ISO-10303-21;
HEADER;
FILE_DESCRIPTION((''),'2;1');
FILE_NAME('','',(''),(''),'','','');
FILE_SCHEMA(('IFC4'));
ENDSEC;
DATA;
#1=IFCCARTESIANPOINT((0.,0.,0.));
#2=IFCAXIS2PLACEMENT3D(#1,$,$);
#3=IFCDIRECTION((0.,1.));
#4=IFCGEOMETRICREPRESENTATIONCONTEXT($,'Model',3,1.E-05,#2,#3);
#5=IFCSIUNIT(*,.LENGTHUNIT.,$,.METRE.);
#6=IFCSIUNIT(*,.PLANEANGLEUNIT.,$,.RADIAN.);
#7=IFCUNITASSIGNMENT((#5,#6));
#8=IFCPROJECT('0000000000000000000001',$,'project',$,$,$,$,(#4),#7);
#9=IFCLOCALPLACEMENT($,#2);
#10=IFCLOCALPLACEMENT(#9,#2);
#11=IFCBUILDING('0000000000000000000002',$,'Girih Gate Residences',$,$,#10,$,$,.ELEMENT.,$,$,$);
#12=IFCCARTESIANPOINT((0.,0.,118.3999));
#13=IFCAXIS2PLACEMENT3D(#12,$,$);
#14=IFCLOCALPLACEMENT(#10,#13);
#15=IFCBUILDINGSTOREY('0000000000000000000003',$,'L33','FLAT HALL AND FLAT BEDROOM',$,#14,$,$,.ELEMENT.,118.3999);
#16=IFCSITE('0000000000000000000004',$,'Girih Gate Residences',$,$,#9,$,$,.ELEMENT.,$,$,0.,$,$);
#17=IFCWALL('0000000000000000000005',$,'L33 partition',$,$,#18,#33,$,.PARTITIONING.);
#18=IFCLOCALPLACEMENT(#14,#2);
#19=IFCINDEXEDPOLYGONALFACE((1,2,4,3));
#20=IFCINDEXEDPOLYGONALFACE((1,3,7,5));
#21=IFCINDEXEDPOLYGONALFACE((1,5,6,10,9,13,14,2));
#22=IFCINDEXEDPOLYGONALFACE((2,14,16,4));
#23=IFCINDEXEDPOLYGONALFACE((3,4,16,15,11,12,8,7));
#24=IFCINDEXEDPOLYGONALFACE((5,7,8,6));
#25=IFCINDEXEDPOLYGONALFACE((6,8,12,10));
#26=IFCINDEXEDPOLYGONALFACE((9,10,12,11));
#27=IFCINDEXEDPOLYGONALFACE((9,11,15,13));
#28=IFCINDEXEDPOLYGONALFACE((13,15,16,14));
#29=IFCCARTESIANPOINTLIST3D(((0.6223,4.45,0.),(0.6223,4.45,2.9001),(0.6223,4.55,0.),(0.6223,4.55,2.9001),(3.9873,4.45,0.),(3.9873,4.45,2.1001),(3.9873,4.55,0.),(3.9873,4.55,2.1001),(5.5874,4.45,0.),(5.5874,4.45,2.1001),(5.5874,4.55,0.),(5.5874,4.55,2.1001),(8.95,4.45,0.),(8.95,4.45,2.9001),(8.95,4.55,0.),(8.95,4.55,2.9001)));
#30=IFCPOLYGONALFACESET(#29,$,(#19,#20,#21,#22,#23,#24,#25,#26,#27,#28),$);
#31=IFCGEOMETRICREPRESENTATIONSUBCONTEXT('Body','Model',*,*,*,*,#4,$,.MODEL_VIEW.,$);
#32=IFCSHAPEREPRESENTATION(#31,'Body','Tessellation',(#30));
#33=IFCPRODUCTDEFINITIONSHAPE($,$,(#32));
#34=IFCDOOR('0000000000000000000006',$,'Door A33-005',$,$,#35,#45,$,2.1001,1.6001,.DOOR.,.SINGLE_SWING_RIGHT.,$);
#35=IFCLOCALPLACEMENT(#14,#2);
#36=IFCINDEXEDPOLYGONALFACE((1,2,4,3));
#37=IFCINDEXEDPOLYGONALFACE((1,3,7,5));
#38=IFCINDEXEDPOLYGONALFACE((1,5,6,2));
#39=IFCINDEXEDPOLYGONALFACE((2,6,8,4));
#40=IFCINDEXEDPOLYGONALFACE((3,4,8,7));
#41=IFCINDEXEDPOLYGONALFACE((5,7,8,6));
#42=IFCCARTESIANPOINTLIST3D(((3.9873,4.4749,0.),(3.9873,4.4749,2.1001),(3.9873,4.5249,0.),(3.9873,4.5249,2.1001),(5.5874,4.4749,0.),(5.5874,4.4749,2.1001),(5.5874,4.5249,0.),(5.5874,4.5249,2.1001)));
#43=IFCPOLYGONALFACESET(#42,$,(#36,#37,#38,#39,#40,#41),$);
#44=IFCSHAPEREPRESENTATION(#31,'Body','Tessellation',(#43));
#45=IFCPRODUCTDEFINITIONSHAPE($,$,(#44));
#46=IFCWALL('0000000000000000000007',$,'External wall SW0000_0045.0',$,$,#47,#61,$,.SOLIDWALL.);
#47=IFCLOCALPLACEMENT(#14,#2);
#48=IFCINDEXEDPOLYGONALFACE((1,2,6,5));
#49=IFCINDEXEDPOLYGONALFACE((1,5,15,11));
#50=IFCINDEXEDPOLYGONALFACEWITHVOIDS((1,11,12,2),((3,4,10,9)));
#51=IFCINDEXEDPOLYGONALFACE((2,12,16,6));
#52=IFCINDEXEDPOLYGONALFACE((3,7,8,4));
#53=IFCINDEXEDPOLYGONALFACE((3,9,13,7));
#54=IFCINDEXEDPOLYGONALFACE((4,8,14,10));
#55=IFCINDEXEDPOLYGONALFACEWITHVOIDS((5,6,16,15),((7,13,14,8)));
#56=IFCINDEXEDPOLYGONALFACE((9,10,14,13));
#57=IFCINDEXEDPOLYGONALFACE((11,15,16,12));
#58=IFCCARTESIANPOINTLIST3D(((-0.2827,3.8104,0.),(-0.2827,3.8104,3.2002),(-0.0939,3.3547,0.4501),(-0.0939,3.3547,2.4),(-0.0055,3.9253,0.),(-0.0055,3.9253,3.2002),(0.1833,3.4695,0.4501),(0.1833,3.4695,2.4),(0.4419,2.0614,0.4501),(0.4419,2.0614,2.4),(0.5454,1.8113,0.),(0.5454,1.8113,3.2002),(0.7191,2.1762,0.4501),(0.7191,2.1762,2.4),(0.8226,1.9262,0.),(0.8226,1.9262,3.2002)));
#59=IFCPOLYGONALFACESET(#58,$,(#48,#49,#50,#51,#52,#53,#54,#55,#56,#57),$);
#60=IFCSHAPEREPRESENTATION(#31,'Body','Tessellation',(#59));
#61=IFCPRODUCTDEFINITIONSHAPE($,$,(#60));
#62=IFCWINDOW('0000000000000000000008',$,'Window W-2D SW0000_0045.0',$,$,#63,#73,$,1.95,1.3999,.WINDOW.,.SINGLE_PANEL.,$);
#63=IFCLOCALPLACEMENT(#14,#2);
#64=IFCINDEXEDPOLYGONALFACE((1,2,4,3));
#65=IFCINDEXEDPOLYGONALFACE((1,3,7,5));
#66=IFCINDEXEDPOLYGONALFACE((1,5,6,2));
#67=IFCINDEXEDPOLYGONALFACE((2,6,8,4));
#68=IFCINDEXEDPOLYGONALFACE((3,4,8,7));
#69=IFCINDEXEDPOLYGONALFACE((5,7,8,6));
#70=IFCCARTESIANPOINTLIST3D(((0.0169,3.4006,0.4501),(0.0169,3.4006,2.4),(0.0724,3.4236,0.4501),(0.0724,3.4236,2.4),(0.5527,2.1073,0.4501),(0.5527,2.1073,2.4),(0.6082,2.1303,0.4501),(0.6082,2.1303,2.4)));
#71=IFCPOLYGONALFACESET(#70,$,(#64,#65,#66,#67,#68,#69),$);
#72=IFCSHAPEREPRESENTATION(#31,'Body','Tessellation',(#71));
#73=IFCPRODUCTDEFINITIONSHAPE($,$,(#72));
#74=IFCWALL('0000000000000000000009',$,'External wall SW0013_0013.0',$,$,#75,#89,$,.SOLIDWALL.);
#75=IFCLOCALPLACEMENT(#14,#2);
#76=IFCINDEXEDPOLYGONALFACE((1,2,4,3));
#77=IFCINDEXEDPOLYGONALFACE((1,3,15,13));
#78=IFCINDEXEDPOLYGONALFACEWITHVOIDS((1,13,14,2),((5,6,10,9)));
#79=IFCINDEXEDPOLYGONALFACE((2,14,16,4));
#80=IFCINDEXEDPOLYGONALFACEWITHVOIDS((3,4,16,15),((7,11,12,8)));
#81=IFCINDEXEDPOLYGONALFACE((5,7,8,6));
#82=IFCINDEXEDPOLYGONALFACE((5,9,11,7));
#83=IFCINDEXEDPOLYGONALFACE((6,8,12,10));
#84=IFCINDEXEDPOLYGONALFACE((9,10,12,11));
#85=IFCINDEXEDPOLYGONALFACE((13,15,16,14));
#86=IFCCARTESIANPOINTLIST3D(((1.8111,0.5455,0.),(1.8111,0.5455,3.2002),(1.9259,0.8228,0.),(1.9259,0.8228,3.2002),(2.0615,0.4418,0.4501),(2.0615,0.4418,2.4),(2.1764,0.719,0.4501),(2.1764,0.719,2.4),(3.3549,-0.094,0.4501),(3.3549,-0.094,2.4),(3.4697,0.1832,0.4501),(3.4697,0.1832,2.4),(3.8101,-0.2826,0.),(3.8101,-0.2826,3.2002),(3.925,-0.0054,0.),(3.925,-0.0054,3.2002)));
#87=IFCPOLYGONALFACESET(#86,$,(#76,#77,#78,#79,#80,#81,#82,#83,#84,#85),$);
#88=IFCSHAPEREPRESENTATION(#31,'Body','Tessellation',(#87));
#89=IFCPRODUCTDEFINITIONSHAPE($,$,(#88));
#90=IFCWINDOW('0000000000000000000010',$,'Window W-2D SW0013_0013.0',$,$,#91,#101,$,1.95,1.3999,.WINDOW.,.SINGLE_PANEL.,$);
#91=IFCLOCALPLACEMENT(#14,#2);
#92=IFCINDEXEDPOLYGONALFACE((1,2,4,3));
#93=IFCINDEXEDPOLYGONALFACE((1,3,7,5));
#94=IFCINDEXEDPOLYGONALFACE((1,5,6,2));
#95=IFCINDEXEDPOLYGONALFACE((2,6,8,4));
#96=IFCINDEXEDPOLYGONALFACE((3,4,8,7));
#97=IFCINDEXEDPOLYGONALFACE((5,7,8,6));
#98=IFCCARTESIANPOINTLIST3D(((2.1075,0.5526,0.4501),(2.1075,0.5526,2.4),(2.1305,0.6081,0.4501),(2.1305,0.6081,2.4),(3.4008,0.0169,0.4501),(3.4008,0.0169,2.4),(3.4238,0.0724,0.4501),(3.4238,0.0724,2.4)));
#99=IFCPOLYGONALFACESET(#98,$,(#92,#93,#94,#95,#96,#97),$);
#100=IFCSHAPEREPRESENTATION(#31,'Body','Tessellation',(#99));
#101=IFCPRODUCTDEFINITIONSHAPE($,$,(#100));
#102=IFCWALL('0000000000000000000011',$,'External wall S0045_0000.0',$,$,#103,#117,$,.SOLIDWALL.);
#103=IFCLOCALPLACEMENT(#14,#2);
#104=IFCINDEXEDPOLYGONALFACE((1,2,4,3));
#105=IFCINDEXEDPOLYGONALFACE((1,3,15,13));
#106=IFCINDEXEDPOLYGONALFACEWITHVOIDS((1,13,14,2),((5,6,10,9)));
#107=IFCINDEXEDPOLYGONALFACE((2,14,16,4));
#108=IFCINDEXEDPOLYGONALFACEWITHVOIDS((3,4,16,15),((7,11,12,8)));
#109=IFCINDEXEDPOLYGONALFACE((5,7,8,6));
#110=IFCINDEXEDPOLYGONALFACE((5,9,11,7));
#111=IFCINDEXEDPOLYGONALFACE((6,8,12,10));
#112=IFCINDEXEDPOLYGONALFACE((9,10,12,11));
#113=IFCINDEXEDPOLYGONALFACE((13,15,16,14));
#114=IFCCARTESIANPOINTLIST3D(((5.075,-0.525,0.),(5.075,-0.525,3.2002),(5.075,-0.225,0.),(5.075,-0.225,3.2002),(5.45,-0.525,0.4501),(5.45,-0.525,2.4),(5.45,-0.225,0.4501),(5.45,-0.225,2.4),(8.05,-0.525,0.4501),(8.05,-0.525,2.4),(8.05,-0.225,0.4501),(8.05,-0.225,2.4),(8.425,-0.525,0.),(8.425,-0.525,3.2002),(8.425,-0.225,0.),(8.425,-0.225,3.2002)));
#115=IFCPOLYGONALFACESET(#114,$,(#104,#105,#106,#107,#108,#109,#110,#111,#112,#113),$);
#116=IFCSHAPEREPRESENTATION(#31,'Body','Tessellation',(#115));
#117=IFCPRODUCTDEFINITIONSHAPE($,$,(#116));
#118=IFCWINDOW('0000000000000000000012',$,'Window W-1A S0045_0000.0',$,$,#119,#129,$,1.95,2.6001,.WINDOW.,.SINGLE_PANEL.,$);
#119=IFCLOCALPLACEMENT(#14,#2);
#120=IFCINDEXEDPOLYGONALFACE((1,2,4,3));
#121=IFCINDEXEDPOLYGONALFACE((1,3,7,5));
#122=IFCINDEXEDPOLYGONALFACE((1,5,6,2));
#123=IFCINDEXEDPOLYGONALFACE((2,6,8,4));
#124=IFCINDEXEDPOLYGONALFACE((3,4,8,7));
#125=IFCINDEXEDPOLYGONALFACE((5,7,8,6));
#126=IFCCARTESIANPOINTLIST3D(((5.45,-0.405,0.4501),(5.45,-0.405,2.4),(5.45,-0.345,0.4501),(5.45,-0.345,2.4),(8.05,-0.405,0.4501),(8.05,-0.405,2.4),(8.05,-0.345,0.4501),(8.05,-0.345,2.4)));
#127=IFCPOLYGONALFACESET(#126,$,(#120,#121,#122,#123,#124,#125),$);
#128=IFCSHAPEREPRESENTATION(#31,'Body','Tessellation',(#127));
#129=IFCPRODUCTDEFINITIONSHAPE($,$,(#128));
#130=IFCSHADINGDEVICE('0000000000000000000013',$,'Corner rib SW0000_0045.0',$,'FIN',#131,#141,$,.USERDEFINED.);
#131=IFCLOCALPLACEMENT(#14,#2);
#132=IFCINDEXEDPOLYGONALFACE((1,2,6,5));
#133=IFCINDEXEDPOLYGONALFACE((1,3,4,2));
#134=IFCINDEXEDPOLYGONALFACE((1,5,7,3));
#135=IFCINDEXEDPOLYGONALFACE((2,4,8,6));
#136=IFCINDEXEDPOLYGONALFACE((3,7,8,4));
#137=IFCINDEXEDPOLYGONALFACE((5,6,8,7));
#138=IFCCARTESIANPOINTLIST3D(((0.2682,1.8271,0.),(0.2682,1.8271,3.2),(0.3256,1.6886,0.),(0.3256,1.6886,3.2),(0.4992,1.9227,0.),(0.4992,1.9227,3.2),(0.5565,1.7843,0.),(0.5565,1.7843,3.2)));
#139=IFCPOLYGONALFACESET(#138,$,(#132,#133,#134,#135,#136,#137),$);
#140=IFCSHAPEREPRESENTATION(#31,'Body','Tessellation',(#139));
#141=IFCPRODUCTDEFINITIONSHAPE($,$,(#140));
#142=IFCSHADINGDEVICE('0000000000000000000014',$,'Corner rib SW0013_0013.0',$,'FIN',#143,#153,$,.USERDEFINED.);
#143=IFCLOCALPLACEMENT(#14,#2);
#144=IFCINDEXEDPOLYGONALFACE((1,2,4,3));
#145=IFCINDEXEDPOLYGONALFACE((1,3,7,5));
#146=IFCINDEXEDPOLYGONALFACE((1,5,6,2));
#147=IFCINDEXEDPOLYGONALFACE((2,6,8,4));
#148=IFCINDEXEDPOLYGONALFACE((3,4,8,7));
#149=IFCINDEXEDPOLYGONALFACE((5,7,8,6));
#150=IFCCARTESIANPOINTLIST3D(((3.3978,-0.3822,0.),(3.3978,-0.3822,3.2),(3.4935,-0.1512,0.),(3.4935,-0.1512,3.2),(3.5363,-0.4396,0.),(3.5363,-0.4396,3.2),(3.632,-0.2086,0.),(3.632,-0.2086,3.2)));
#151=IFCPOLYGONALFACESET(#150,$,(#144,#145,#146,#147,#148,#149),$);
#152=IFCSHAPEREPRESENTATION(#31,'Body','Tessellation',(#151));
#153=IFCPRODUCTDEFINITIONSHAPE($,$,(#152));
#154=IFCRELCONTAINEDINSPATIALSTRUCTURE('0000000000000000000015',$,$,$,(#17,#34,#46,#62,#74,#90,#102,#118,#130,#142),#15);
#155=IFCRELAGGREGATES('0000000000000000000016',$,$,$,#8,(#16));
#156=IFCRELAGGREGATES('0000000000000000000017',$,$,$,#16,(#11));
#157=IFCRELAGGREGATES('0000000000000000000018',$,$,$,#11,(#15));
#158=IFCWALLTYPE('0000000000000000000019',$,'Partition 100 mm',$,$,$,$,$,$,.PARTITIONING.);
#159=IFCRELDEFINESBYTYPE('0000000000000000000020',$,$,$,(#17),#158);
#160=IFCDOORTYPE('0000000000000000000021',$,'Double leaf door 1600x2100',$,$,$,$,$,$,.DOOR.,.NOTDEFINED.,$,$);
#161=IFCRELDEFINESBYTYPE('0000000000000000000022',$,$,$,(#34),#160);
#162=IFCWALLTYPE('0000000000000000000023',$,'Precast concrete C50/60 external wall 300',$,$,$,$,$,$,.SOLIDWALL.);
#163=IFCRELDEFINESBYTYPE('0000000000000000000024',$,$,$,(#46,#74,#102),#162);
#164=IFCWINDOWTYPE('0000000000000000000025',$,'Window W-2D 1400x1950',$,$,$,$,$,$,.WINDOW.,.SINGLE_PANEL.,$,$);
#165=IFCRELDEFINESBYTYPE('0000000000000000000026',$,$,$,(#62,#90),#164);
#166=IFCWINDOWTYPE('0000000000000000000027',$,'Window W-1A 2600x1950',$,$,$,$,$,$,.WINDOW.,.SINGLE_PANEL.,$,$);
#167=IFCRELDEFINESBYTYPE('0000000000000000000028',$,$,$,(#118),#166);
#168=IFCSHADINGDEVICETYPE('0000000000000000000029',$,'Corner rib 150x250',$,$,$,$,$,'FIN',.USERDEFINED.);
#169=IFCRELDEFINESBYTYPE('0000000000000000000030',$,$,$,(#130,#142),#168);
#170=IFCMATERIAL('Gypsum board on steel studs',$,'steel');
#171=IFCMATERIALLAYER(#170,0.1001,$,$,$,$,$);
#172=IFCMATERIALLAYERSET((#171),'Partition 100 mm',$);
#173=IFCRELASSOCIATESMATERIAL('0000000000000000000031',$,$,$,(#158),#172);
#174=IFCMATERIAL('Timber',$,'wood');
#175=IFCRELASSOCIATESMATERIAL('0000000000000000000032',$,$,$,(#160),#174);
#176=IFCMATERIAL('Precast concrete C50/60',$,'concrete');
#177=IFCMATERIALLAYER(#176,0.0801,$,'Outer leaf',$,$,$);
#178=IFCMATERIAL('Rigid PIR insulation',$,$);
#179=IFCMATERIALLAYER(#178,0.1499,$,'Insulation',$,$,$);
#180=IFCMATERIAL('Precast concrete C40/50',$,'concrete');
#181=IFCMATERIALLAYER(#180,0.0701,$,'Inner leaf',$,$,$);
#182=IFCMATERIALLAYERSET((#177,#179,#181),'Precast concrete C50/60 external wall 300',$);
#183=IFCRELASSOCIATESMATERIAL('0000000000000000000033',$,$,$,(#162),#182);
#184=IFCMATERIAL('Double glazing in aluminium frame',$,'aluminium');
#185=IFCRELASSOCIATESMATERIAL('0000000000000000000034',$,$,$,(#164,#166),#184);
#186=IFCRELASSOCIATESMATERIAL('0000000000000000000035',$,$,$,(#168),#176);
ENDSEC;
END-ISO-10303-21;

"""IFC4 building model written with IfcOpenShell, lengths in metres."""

from ifc_helpers import new_model, si_unit, direction, frame, frame_2d, origin, origin_2d, place, context, subcontext, project, spatial, rectangle, extrude, material, layer, layer_set, type_object, element, fill, save


model = new_model("IFC4")

# Units and contexts
model_context = context("Model", 3, precision=1e-05, world=origin(), true_north=direction((0.0, 1.0)))
body_context = subcontext(model_context, "Body", "Model", "MODEL_VIEW")
ifc_project = project(units=[si_unit("LENGTHUNIT", "METRE"), si_unit("PLANEANGLEUNIT", "RADIAN")], contexts=[model_context])

# Site, building, storey
site_placement = place(None, origin())
site = spatial("IfcSite", under=ifc_project, at=site_placement, Name="Girih Gate Residences", CompositionType="ELEMENT", RefElevation=0.0)
building_placement = place(site_placement, origin())
building = spatial("IfcBuilding", under=site, at=building_placement, Name="Girih Gate Residences", CompositionType="ELEMENT")
storey_placement = place(building_placement, frame((0.0, 0.0, 118.3999)))
storey = spatial("IfcBuildingStorey", under=building, at=storey_placement, Name="L33", Description="FLAT HALL AND FLAT BEDROOM", CompositionType="ELEMENT", Elevation=118.3999)

# Wall, opening, door
ifc_material_1 = material(Name="Gypsum board on steel studs", Category="steel")
ifc_layer_1 = layer(ifc_material_1, 0.1001)
ifc_layer_set_1 = layer_set([ifc_layer_1], Name="Partition 100 mm")
wall_type_1 = type_object("IfcWallType", Name="Partition 100 mm", PredefinedType="PARTITIONING", material=ifc_layer_set_1)
wall_1_placement = place(storey_placement, frame((0.6223, 4.5, 0.0), z_axis=(0.0, 0.0, 1.0), x_axis=(1.0, 0.0, 0.0)))
wall_1 = element("IfcWall", 1, at=wall_1_placement, inside=storey, type_object=wall_type_1, Name="L33 partition", PredefinedType="PARTITIONING", context=body_context, shape_type="SweptSolid", body=[
    extrude(rectangle(XDim=8.3276, YDim=0.1001, at=frame_2d((4.1638, 0.0))), origin(), (0.0, 0.0, 1.0), 2.9001),
])
opening_1_placement = place(wall_1_placement, frame((3.365, 0.0, 0.0)))
opening_1 = element("IfcOpeningElement", 2, at=opening_1_placement, cuts=wall_1, PredefinedType="OPENING", context=body_context, shape_type="SweptSolid", body=[
    extrude(rectangle(XDim=1.6001, YDim=2.1001, at=frame_2d((0.8, 1.05))), frame((0.0, 0.0601, 0.0), z_axis=(0.0, -1.0, 0.0), x_axis=(1.0, 0.0, 0.0)), (0.0, 0.0, 1.0), 0.1201),
])
ifc_material_2 = material(Name="Timber", Category="wood")
door_type = type_object("IfcDoorType", Name="Double leaf door 1600x2100", OperationType="NOTDEFINED", PredefinedType="DOOR", material=ifc_material_2)
door_placement = place(opening_1_placement, origin())
door = element("IfcDoor", 3, at=door_placement, inside=storey, type_object=door_type, Name="Door A33-005", OperationType="SINGLE_SWING_RIGHT", OverallHeight=2.1001, OverallWidth=1.6001, PredefinedType="DOOR", context=body_context, shape_type="SweptSolid", body=[
    extrude(rectangle(XDim=1.6001, YDim=2.1001, at=frame_2d((0.8, 1.05))), frame((0.0, 0.0249, 0.0), z_axis=(0.0, -1.0, 0.0), x_axis=(1.0, 0.0, 0.0)), (0.0, 0.0, 1.0), 0.05),
])
fill(opening_1, door)

# Walls, openings, windows
ifc_material_3 = material(Name="Precast concrete C50/60", Category="concrete")
ifc_layer_2 = layer(ifc_material_3, 0.0801, Name="Outer leaf")
ifc_material_4 = material(Name="Rigid PIR insulation")
ifc_layer_3 = layer(ifc_material_4, 0.1499, Name="Insulation")
ifc_material_5 = material(Name="Precast concrete C40/50", Category="concrete")
ifc_layer_4 = layer(ifc_material_5, 0.0701, Name="Inner leaf")
ifc_layer_set_2 = layer_set([ifc_layer_2, ifc_layer_3, ifc_layer_4], Name="Precast concrete C50/60 external wall 300")
wall_type_2 = type_object("IfcWallType", Name="Precast concrete C50/60 external wall 300", PredefinedType="SOLIDWALL", material=ifc_layer_set_2)
wall_2_placement = place(storey_placement, frame((0.6841, 1.8687, 0.0), z_axis=(0.0, 0.0, 1.0), x_axis=(-0.382724, 0.923863, 0.0)))
wall_2 = element("IfcWall", 4, at=wall_2_placement, inside=storey, type_object=wall_type_2, Name="External wall SW0000_0045.0", PredefinedType="SOLIDWALL", context=body_context, shape_type="SweptSolid", body=[
    extrude(rectangle(XDim=2.1638, YDim=0.3, at=frame_2d((1.082, 0.0))), origin(), (0.0, 0.0, 1.0), 3.2002),
])
opening_2_placement = place(wall_2_placement, frame((0.2708, 0.0, 0.45)))
opening_2 = element("IfcOpeningElement", 5, at=opening_2_placement, cuts=wall_2, PredefinedType="OPENING", context=body_context, shape_type="SweptSolid", body=[
    extrude(rectangle(XDim=1.3999, YDim=1.95, at=frame_2d((0.7, 0.9751))), frame((0.0, 0.1599, 0.0), z_axis=(0.0, -1.0, 0.0), x_axis=(1.0, 0.0, 0.0)), (0.0, 0.0, 1.0), 0.3201),
])
ifc_material_6 = material(Name="Double glazing in aluminium frame", Category="aluminium")
window_type_1 = type_object("IfcWindowType", Name="Window W-2D 1400x1950", PartitioningType="SINGLE_PANEL", PredefinedType="WINDOW", material=ifc_material_6)
window_1_placement = place(opening_2_placement, origin())
window_1 = element("IfcWindow", 6, at=window_1_placement, inside=storey, type_object=window_type_1, Name="Window W-2D SW0000_0045.0", OverallHeight=1.95, OverallWidth=1.3999, PartitioningType="SINGLE_PANEL", PredefinedType="WINDOW", context=body_context, shape_type="SweptSolid", body=[
    extrude(rectangle(XDim=1.3999, YDim=1.95, at=frame_2d((0.7, 0.9751))), frame((0.0, 0.03, 0.0), z_axis=(0.0, -1.0, 0.0), x_axis=(1.0, 0.0, 0.0)), (0.0, 0.0, 1.0), 0.0601),
])
fill(opening_2, window_1)
wall_3_placement = place(storey_placement, frame((3.8677, -0.144, 0.0), z_axis=(0.0, 0.0, 1.0), x_axis=(-0.923863, 0.382724, 0.0)))
wall_3 = element("IfcWall", 7, at=wall_3_placement, inside=storey, type_object=wall_type_2, Name="External wall SW0013_0013.0", PredefinedType="SOLIDWALL", context=body_context, shape_type="SweptSolid", body=[
    extrude(rectangle(XDim=2.1638, YDim=0.3, at=frame_2d((1.082, 0.0))), origin(), (0.0, 0.0, 1.0), 3.2002),
])
opening_3_placement = place(wall_3_placement, frame((0.4929, 0.0, 0.45)))
opening_3 = element("IfcOpeningElement", 8, at=opening_3_placement, cuts=wall_3, PredefinedType="OPENING", context=body_context, shape_type="SweptSolid", body=[
    extrude(rectangle(XDim=1.3999, YDim=1.95, at=frame_2d((0.7, 0.9751))), frame((0.0, 0.1599, 0.0), z_axis=(0.0, -1.0, 0.0), x_axis=(1.0, 0.0, 0.0)), (0.0, 0.0, 1.0), 0.3201),
])
window_2_placement = place(opening_3_placement, origin())
window_2 = element("IfcWindow", 9, at=window_2_placement, inside=storey, type_object=window_type_1, Name="Window W-2D SW0013_0013.0", OverallHeight=1.95, OverallWidth=1.3999, PartitioningType="SINGLE_PANEL", PredefinedType="WINDOW", context=body_context, shape_type="SweptSolid", body=[
    extrude(rectangle(XDim=1.3999, YDim=1.95, at=frame_2d((0.7, 0.9751))), frame((0.0, 0.03, 0.0), z_axis=(0.0, -1.0, 0.0), x_axis=(1.0, 0.0, 0.0)), (0.0, 0.0, 1.0), 0.0601),
])
fill(opening_3, window_2)
wall_4_placement = place(storey_placement, frame((8.425, -0.375, 0.0), z_axis=(0.0, 0.0, 1.0), x_axis=(-1.0, 0.0, 0.0)))
wall_4 = element("IfcWall", 10, at=wall_4_placement, inside=storey, type_object=wall_type_2, Name="External wall S0045_0000.0", PredefinedType="SOLIDWALL", context=body_context, shape_type="SweptSolid", body=[
    extrude(rectangle(XDim=3.3501, YDim=0.3, at=frame_2d((1.675, 0.0))), origin(), (0.0, 0.0, 1.0), 3.2002),
])
opening_4_placement = place(wall_4_placement, frame((0.375, 0.0, 0.45)))
opening_4 = element("IfcOpeningElement", 11, at=opening_4_placement, cuts=wall_4, PredefinedType="OPENING", context=body_context, shape_type="SweptSolid", body=[
    extrude(rectangle(XDim=2.6001, YDim=1.95, at=frame_2d((1.3, 0.9751))), frame((0.0, 0.1599, 0.0), z_axis=(0.0, -1.0, 0.0), x_axis=(1.0, 0.0, 0.0)), (0.0, 0.0, 1.0), 0.3201),
])
window_type_2 = type_object("IfcWindowType", Name="Window W-1A 2600x1950", PartitioningType="SINGLE_PANEL", PredefinedType="WINDOW", material=ifc_material_6)
window_3_placement = place(opening_4_placement, origin())
window_3 = element("IfcWindow", 12, at=window_3_placement, inside=storey, type_object=window_type_2, Name="Window W-1A S0045_0000.0", OverallHeight=1.95, OverallWidth=2.6001, PartitioningType="SINGLE_PANEL", PredefinedType="WINDOW", context=body_context, shape_type="SweptSolid", body=[
    extrude(rectangle(XDim=2.6001, YDim=1.95, at=frame_2d((1.3, 0.9751))), frame((0.0, 0.03, 0.0), z_axis=(0.0, -1.0, 0.0), x_axis=(1.0, 0.0, 0.0)), (0.0, 0.0, 1.0), 0.0601),
])
fill(opening_4, window_3)

# Shading devices
shading_device_type = type_object("IfcShadingDeviceType", Name="Corner rib 150x250", ElementType="FIN", PredefinedType="USERDEFINED", material=ifc_material_3)
for number, where, z_axis, x_axis, name in (
    (13, (0.4124, 1.8057, 0.0), (0.0, 0.0, 1.0), (0.382683, -0.92388, 0.0), "Corner rib SW0000_0045.0"),
    (14, (3.5149, -0.2954, 0.0), (0.0, 0.0, 1.0), (0.92388, -0.382683, 0.0), "Corner rib SW0013_0013.0"),
):
    element("IfcShadingDevice", number, at=place(storey_placement, frame(where, z_axis=z_axis, x_axis=x_axis)), inside=storey, type_object=shading_device_type, Name=name, ObjectType="FIN", PredefinedType="USERDEFINED", context=body_context, shape_type="SweptSolid", body=[
        extrude(rectangle(XDim=0.1499, YDim=0.25, at=origin_2d()), origin(), (0.0, 0.0, 1.0), 3.2),
    ])

save(model, "model.ifc")
